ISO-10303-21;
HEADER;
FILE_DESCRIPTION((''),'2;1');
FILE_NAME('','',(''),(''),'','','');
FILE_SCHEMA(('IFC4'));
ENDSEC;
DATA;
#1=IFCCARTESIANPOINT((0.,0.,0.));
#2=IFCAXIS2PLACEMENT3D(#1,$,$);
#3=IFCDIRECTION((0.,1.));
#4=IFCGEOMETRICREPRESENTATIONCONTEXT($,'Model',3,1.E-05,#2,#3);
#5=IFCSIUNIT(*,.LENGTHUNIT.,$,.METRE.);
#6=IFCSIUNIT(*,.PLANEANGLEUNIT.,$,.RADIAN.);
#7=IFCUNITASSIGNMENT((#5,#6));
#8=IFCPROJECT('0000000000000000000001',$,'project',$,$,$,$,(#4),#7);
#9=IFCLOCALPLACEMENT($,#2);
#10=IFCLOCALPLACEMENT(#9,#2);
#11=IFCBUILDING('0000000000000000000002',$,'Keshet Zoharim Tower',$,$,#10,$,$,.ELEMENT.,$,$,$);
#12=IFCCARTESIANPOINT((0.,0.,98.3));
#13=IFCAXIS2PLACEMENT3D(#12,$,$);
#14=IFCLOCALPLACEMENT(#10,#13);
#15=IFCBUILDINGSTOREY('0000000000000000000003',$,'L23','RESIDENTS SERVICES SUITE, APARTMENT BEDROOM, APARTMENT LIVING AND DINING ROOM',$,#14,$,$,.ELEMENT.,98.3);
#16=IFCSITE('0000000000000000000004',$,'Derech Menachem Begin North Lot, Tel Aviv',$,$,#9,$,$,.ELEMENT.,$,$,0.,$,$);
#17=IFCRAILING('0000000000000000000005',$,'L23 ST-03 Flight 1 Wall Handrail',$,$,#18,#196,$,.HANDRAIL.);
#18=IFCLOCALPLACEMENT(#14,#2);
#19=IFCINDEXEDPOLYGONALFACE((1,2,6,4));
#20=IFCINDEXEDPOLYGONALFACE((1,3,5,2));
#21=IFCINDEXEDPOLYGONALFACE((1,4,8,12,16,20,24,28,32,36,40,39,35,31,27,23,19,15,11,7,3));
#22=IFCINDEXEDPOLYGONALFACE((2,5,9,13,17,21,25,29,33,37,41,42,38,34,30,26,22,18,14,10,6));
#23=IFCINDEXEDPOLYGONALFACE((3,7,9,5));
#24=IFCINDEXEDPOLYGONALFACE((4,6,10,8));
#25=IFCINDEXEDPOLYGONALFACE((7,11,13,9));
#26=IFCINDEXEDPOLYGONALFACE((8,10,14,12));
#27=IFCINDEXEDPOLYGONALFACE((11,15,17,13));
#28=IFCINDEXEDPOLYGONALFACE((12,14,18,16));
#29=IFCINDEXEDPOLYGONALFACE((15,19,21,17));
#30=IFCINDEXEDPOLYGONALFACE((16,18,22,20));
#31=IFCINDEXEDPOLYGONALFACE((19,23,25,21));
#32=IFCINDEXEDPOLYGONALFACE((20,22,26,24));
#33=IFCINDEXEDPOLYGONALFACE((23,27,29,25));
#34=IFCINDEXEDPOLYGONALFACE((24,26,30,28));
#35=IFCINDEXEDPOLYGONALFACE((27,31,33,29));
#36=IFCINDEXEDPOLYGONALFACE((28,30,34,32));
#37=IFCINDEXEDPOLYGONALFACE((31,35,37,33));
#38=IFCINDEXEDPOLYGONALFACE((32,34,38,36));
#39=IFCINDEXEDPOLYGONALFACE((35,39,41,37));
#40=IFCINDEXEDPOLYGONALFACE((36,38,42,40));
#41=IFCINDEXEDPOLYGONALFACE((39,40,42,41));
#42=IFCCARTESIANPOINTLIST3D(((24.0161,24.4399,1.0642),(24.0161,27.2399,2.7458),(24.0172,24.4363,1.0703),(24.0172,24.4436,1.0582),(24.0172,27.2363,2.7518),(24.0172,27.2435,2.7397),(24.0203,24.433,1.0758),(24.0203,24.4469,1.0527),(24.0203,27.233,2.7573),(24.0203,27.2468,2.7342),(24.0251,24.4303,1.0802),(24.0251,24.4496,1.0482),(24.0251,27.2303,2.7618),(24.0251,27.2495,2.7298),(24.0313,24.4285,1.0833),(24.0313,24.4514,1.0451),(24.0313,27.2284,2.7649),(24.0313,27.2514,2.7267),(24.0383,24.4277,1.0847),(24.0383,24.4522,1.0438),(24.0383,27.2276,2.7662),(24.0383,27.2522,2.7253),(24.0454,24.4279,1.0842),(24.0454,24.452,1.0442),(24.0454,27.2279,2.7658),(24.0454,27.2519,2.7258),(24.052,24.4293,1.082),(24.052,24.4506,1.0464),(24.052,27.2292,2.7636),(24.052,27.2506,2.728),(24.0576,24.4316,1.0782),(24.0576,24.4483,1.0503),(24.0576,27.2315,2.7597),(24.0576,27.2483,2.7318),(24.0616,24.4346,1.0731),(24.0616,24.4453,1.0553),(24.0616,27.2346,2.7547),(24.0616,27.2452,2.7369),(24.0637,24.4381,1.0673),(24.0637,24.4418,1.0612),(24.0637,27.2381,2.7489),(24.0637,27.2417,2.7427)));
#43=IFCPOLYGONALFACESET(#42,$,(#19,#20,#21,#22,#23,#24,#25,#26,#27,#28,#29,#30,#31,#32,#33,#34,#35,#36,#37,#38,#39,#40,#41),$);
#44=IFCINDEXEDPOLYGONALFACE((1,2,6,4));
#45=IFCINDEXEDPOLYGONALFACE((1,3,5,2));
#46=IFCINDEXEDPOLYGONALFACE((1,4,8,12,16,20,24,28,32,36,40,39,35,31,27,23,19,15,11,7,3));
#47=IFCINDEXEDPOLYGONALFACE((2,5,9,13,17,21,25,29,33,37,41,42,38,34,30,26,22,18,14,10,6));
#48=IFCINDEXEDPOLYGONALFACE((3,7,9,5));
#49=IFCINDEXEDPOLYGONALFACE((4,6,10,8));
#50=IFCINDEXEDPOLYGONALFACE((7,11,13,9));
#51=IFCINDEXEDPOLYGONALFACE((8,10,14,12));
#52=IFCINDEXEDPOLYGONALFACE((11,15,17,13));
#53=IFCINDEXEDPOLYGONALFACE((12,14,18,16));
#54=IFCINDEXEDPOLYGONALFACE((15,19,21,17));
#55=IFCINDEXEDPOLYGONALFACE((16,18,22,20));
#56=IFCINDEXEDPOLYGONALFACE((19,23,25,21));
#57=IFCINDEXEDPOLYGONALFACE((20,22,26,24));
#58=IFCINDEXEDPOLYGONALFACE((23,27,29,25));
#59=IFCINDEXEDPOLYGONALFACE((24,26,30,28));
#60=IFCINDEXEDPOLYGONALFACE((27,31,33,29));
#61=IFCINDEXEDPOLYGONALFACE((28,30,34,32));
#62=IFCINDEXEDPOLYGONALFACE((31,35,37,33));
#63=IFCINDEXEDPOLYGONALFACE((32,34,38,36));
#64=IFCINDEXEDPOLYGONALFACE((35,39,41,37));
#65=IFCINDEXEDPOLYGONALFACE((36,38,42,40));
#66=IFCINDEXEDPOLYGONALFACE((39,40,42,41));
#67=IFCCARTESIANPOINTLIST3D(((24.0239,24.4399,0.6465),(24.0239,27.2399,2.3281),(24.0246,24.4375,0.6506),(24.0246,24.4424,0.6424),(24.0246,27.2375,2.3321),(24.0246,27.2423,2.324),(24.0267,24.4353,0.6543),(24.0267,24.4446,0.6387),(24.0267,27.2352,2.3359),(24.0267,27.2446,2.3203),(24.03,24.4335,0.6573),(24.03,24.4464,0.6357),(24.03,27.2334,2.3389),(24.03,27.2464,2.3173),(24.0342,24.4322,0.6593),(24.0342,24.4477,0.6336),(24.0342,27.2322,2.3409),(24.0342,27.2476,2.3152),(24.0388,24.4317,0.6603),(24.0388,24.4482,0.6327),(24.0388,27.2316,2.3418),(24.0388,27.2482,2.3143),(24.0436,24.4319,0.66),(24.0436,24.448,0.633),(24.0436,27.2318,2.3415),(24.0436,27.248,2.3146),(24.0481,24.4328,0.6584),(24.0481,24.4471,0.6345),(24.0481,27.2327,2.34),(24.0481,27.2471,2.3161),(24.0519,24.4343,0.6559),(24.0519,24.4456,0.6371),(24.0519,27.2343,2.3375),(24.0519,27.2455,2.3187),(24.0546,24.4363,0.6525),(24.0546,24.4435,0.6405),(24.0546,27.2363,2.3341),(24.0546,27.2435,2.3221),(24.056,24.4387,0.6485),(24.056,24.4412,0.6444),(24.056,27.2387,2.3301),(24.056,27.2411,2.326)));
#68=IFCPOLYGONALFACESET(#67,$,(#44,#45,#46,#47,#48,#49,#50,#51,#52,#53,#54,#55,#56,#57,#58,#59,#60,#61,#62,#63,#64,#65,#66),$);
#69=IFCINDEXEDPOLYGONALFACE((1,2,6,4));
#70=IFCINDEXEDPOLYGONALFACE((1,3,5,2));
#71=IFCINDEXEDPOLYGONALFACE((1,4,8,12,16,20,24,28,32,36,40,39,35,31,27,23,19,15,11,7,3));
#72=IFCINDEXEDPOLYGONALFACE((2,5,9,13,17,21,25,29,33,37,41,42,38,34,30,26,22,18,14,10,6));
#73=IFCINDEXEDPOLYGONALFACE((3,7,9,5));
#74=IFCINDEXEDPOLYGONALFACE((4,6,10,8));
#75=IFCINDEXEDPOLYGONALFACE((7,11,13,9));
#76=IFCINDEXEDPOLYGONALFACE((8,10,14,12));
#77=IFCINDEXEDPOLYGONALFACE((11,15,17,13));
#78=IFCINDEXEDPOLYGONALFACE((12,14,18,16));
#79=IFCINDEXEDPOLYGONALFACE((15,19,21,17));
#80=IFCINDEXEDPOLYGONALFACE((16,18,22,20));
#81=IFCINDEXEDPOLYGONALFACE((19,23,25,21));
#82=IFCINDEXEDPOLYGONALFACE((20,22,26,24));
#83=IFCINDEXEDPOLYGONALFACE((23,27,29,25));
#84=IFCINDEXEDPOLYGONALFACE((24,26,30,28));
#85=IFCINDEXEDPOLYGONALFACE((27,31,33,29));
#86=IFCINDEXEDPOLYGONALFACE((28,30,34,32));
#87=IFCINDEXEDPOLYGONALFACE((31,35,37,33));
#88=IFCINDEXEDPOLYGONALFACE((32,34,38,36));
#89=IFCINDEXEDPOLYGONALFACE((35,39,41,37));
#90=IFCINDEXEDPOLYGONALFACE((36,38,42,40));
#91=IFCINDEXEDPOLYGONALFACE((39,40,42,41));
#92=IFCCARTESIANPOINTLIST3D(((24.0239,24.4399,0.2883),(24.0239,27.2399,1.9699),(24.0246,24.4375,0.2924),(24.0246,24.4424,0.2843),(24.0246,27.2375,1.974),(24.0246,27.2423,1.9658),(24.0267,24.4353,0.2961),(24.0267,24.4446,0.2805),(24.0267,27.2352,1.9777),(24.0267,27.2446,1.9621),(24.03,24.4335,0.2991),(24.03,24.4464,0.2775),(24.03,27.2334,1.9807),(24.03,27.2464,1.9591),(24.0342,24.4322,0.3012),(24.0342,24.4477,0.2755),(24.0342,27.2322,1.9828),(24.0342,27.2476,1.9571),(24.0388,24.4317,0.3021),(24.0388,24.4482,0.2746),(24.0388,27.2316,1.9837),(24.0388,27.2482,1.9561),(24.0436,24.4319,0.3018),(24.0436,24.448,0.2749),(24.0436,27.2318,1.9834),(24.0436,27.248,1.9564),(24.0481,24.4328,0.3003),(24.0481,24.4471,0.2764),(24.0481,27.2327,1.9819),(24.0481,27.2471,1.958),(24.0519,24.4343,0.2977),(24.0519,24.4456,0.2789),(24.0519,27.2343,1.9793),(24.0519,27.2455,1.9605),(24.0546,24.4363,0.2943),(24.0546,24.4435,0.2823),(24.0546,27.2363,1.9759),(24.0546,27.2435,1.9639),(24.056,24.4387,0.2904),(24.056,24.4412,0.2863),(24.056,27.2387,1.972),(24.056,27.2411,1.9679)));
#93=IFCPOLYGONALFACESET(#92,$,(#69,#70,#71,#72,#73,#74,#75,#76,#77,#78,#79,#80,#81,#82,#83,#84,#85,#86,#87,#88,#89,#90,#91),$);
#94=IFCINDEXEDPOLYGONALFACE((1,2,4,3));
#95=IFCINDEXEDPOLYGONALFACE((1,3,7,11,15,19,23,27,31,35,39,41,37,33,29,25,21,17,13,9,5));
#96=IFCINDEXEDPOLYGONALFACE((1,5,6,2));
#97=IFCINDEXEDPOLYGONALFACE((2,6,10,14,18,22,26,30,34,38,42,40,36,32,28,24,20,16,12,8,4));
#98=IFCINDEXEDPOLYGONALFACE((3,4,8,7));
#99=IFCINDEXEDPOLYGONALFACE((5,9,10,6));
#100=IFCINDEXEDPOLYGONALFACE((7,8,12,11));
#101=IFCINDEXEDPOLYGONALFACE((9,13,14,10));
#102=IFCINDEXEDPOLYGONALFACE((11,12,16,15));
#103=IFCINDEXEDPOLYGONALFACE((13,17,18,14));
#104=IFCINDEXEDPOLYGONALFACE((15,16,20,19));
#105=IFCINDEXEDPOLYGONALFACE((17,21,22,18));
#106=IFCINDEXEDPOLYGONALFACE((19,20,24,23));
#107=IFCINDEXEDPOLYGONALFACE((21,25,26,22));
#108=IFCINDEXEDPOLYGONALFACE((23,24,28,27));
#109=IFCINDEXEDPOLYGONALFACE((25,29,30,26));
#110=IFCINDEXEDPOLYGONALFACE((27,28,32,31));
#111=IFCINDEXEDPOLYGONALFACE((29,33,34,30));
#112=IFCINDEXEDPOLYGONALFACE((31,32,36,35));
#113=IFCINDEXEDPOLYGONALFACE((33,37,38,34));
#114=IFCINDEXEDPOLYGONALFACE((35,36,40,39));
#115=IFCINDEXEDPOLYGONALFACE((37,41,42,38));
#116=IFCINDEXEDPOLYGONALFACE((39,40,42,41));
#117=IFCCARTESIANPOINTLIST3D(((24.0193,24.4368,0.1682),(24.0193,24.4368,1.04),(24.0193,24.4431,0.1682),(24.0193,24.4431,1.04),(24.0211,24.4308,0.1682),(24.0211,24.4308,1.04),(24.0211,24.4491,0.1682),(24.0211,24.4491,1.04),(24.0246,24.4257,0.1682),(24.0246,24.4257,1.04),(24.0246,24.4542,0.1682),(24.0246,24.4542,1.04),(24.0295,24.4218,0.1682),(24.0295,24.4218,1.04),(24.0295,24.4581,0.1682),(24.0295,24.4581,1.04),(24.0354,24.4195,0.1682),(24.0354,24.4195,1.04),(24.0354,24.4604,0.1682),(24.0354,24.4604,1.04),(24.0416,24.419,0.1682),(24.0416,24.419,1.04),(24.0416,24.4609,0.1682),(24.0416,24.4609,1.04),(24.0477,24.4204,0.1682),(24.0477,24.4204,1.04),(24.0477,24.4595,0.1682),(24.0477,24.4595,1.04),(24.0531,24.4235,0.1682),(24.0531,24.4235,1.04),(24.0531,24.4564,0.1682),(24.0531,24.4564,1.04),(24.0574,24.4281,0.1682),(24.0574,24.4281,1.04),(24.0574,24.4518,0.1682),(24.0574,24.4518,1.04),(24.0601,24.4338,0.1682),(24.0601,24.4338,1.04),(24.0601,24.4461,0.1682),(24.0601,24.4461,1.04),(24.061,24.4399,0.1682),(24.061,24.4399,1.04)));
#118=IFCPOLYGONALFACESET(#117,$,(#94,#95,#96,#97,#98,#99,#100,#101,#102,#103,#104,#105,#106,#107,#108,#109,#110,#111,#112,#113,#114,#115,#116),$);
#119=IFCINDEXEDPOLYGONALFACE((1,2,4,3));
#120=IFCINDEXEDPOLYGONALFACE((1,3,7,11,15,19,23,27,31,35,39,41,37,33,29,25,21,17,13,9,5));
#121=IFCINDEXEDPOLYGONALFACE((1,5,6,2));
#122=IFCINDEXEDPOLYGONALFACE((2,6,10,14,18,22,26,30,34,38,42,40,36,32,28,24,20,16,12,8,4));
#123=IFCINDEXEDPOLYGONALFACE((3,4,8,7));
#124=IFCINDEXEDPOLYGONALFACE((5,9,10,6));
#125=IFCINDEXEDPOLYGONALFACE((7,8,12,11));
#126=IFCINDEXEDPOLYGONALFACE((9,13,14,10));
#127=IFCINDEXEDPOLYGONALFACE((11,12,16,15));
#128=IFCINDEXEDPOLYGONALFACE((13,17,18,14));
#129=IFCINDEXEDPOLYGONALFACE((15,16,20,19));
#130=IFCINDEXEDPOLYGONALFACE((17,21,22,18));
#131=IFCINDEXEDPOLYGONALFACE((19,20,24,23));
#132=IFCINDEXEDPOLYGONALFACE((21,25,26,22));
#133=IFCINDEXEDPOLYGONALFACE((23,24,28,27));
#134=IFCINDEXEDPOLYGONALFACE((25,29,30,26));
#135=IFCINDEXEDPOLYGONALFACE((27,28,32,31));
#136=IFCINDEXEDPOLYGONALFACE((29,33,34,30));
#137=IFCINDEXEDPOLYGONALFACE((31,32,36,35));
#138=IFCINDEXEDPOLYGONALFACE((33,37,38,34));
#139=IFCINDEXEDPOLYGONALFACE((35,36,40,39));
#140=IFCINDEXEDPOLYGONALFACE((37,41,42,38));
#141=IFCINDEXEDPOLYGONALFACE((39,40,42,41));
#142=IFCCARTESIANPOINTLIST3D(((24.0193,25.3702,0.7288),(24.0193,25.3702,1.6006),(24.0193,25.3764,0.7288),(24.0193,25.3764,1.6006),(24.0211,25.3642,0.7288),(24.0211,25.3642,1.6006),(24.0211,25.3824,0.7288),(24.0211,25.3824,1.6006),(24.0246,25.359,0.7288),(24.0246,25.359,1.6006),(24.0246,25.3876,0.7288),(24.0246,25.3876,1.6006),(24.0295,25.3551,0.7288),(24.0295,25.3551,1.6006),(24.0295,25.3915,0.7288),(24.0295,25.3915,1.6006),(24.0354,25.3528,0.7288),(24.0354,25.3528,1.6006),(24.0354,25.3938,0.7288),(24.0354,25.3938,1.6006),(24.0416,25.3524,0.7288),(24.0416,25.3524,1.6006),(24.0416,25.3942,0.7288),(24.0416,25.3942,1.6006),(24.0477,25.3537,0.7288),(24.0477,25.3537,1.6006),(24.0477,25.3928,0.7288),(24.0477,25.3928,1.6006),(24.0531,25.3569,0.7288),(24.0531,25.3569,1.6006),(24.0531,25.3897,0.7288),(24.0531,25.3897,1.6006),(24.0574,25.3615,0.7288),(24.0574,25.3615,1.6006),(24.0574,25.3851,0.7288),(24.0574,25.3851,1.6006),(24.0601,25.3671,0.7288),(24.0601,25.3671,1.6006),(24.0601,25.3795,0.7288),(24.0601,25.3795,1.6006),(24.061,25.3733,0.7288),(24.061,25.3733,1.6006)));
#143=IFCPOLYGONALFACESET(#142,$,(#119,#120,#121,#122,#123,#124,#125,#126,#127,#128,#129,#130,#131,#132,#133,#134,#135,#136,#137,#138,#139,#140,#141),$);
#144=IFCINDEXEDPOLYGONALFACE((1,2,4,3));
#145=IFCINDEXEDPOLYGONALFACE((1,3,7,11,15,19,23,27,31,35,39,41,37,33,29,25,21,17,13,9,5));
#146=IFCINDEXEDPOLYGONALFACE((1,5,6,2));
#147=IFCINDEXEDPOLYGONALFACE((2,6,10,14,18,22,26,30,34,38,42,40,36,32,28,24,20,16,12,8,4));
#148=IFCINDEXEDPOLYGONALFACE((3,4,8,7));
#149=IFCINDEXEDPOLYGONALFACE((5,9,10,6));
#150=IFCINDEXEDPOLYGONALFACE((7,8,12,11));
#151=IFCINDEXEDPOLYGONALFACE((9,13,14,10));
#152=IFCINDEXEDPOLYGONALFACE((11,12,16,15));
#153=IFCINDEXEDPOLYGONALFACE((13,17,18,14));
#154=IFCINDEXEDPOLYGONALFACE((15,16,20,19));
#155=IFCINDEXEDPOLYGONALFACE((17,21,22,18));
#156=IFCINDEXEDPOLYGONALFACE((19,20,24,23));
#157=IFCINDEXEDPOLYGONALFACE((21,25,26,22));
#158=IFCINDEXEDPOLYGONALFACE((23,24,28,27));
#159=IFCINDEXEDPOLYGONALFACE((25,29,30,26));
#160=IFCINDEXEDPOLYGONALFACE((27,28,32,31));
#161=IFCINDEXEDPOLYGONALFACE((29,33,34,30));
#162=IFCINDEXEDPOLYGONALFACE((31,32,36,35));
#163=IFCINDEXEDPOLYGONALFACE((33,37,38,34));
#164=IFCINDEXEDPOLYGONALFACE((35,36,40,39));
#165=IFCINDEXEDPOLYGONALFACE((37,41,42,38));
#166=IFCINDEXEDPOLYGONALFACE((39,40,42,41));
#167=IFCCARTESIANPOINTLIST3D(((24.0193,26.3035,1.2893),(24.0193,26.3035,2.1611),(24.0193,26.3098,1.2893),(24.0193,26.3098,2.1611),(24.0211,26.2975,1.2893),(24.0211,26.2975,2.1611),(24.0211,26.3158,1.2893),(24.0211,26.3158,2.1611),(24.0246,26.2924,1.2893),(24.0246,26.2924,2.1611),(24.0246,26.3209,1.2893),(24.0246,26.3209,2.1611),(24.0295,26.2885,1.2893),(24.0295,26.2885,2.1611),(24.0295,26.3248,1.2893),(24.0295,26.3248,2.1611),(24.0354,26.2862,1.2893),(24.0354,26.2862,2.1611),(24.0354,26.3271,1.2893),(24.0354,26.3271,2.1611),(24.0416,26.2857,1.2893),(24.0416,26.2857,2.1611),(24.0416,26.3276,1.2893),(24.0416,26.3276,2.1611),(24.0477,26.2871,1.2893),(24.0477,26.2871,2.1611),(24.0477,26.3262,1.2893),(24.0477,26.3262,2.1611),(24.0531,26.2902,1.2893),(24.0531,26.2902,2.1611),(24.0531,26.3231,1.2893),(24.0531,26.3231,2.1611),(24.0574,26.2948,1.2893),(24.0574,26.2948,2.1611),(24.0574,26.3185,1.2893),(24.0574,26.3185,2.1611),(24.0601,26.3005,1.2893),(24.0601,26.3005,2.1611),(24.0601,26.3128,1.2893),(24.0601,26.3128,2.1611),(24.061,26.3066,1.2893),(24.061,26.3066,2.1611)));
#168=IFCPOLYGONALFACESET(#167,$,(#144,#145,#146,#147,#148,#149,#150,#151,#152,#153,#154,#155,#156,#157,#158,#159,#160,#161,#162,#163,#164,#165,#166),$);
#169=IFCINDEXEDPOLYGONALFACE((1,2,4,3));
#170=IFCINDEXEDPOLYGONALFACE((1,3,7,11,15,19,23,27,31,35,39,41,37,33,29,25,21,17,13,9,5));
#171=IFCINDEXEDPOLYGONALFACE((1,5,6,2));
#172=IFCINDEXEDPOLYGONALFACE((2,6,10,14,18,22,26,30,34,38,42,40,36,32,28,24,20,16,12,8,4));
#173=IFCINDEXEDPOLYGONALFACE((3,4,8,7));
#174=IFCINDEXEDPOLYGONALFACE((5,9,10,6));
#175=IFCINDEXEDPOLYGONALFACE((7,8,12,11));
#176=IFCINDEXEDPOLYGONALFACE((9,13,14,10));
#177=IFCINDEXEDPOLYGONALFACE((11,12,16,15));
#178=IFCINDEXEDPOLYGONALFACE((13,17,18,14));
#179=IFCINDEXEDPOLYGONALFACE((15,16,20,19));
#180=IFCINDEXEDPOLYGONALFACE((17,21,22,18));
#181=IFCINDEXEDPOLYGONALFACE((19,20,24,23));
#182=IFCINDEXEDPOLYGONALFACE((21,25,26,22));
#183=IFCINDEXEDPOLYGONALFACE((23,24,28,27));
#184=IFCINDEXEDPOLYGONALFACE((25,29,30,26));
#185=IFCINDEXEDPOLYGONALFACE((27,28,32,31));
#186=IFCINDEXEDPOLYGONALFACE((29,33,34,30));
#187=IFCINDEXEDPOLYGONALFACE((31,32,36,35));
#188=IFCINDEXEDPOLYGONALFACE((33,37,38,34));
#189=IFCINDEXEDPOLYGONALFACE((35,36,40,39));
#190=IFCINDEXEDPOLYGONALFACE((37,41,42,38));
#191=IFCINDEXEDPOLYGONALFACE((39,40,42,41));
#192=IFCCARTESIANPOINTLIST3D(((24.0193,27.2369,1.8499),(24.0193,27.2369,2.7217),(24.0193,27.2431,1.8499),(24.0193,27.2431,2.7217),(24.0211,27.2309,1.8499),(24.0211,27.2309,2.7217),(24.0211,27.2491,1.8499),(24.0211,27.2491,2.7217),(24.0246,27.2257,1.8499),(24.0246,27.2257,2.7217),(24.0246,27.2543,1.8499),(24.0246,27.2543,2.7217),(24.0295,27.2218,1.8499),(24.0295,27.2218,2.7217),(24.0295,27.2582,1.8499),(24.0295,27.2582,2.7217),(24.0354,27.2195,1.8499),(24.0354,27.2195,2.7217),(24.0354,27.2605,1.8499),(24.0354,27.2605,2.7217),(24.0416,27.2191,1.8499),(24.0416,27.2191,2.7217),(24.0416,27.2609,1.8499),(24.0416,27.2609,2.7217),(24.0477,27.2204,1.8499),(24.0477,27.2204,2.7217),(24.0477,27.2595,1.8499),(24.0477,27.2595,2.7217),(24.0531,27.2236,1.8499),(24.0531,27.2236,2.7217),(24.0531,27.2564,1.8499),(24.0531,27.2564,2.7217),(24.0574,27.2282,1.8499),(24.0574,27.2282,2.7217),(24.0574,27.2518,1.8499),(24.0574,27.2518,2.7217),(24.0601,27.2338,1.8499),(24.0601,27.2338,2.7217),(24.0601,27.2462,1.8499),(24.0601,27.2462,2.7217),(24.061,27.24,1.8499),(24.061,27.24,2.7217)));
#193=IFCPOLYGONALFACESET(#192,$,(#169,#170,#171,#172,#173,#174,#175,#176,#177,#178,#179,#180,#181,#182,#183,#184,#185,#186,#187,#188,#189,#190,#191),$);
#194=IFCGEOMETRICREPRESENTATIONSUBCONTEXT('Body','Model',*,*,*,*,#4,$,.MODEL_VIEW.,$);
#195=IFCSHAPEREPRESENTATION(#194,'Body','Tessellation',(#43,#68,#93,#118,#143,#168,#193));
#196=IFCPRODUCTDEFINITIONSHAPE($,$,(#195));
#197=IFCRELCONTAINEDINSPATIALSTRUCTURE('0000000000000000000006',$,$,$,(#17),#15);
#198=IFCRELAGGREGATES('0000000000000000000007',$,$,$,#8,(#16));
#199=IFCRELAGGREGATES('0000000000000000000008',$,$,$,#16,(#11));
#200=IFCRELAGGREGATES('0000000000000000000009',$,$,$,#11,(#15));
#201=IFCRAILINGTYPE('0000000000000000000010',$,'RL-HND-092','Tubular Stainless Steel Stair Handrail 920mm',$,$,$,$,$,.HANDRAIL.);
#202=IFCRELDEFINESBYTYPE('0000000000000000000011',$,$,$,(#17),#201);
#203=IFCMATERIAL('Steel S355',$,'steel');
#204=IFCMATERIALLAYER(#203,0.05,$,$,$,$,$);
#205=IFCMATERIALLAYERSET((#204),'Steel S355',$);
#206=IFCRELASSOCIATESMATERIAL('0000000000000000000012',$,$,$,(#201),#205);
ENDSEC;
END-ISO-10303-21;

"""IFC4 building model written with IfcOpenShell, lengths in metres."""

from ifc_helpers import new_model, si_unit, direction, frame, origin, origin_2d, place, context, subcontext, project, spatial, circle, extrude, material, layer, layer_set, type_object, element, save


model = new_model("IFC4")

# Units and contexts
model_context = context("Model", 3, precision=1e-05, world=origin(), true_north=direction((0.0, 1.0)))
body_context = subcontext(model_context, "Body", "Model", "MODEL_VIEW")
ifc_project = project(units=[si_unit("LENGTHUNIT", "METRE"), si_unit("PLANEANGLEUNIT", "RADIAN")], contexts=[model_context])

# Site, building, storey
site_placement = place(None, origin())
site = spatial("IfcSite", under=ifc_project, at=site_placement, Name="Derech Menachem Begin North Lot, Tel Aviv", CompositionType="ELEMENT", RefElevation=0.0)
building_placement = place(site_placement, origin())
building = spatial("IfcBuilding", under=site, at=building_placement, Name="Keshet Zoharim Tower", CompositionType="ELEMENT")
storey_placement = place(building_placement, frame((0.0, 0.0, 98.3)))
storey = spatial("IfcBuildingStorey", under=building, at=storey_placement, Name="L23", Description="RESIDENTS SERVICES SUITE, APARTMENT BEDROOM, APARTMENT LIVING AND DINING ROOM", CompositionType="ELEMENT", Elevation=98.3)

# Railing
ifc_material_1 = material(Name="Steel S355", Category="steel")
ifc_layer_1 = layer(ifc_material_1, 0.05)
ifc_layer_set_1 = layer_set([ifc_layer_1], Name="Steel S355")
railing_type_1 = type_object("IfcRailingType", Name="RL-HND-092", Description="Tubular Stainless Steel Stair Handrail 920mm", PredefinedType="HANDRAIL", material=ifc_layer_set_1)
railing_1_placement = place(storey_placement, frame((24.04, 24.4399, 0.1682)))
element("IfcRailing", 1, at=railing_1_placement, inside=storey, type_object=railing_type_1, Name="L23 ST-03 Flight 1 Wall Handrail", PredefinedType="HANDRAIL", context=body_context, shape_type="SweptSolid", body=[
    extrude(circle(Radius=0.0239, at=origin_2d()), frame((0.0, 0.0, 0.896), z_axis=(0.0, 0.857275, 0.514858), x_axis=(-1.0, 0.0, 0.0)), (0.0, 0.0, 1.0), 3.2661),
    extrude(circle(Radius=0.0161, at=origin_2d()), frame((0.0, 0.0, 0.4783), z_axis=(0.0, 0.857275, 0.514858), x_axis=(-1.0, 0.0, 0.0)), (0.0, 0.0, 1.0), 3.2661),
    extrude(circle(Radius=0.0161, at=origin_2d()), frame((0.0, 0.0, 0.1201), z_axis=(0.0, 0.857275, 0.514858), x_axis=(-1.0, 0.0, 0.0)), (0.0, 0.0, 1.0), 3.2661),
    extrude(circle(Radius=0.021, at=origin_2d()), origin(), (0.0, 0.0, 1.0), 0.8718),
    extrude(circle(Radius=0.021, at=origin_2d()), frame((0.0, 0.9333, 0.5605)), (0.0, 0.0, 1.0), 0.8718),
    extrude(circle(Radius=0.021, at=origin_2d()), frame((0.0, 1.8667, 1.1211)), (0.0, 0.0, 1.0), 0.8718),
    extrude(circle(Radius=0.021, at=origin_2d()), frame((0.0, 2.8, 1.6816)), (0.0, 0.0, 1.0), 0.8718),
])

save(model, "model.ifc")
